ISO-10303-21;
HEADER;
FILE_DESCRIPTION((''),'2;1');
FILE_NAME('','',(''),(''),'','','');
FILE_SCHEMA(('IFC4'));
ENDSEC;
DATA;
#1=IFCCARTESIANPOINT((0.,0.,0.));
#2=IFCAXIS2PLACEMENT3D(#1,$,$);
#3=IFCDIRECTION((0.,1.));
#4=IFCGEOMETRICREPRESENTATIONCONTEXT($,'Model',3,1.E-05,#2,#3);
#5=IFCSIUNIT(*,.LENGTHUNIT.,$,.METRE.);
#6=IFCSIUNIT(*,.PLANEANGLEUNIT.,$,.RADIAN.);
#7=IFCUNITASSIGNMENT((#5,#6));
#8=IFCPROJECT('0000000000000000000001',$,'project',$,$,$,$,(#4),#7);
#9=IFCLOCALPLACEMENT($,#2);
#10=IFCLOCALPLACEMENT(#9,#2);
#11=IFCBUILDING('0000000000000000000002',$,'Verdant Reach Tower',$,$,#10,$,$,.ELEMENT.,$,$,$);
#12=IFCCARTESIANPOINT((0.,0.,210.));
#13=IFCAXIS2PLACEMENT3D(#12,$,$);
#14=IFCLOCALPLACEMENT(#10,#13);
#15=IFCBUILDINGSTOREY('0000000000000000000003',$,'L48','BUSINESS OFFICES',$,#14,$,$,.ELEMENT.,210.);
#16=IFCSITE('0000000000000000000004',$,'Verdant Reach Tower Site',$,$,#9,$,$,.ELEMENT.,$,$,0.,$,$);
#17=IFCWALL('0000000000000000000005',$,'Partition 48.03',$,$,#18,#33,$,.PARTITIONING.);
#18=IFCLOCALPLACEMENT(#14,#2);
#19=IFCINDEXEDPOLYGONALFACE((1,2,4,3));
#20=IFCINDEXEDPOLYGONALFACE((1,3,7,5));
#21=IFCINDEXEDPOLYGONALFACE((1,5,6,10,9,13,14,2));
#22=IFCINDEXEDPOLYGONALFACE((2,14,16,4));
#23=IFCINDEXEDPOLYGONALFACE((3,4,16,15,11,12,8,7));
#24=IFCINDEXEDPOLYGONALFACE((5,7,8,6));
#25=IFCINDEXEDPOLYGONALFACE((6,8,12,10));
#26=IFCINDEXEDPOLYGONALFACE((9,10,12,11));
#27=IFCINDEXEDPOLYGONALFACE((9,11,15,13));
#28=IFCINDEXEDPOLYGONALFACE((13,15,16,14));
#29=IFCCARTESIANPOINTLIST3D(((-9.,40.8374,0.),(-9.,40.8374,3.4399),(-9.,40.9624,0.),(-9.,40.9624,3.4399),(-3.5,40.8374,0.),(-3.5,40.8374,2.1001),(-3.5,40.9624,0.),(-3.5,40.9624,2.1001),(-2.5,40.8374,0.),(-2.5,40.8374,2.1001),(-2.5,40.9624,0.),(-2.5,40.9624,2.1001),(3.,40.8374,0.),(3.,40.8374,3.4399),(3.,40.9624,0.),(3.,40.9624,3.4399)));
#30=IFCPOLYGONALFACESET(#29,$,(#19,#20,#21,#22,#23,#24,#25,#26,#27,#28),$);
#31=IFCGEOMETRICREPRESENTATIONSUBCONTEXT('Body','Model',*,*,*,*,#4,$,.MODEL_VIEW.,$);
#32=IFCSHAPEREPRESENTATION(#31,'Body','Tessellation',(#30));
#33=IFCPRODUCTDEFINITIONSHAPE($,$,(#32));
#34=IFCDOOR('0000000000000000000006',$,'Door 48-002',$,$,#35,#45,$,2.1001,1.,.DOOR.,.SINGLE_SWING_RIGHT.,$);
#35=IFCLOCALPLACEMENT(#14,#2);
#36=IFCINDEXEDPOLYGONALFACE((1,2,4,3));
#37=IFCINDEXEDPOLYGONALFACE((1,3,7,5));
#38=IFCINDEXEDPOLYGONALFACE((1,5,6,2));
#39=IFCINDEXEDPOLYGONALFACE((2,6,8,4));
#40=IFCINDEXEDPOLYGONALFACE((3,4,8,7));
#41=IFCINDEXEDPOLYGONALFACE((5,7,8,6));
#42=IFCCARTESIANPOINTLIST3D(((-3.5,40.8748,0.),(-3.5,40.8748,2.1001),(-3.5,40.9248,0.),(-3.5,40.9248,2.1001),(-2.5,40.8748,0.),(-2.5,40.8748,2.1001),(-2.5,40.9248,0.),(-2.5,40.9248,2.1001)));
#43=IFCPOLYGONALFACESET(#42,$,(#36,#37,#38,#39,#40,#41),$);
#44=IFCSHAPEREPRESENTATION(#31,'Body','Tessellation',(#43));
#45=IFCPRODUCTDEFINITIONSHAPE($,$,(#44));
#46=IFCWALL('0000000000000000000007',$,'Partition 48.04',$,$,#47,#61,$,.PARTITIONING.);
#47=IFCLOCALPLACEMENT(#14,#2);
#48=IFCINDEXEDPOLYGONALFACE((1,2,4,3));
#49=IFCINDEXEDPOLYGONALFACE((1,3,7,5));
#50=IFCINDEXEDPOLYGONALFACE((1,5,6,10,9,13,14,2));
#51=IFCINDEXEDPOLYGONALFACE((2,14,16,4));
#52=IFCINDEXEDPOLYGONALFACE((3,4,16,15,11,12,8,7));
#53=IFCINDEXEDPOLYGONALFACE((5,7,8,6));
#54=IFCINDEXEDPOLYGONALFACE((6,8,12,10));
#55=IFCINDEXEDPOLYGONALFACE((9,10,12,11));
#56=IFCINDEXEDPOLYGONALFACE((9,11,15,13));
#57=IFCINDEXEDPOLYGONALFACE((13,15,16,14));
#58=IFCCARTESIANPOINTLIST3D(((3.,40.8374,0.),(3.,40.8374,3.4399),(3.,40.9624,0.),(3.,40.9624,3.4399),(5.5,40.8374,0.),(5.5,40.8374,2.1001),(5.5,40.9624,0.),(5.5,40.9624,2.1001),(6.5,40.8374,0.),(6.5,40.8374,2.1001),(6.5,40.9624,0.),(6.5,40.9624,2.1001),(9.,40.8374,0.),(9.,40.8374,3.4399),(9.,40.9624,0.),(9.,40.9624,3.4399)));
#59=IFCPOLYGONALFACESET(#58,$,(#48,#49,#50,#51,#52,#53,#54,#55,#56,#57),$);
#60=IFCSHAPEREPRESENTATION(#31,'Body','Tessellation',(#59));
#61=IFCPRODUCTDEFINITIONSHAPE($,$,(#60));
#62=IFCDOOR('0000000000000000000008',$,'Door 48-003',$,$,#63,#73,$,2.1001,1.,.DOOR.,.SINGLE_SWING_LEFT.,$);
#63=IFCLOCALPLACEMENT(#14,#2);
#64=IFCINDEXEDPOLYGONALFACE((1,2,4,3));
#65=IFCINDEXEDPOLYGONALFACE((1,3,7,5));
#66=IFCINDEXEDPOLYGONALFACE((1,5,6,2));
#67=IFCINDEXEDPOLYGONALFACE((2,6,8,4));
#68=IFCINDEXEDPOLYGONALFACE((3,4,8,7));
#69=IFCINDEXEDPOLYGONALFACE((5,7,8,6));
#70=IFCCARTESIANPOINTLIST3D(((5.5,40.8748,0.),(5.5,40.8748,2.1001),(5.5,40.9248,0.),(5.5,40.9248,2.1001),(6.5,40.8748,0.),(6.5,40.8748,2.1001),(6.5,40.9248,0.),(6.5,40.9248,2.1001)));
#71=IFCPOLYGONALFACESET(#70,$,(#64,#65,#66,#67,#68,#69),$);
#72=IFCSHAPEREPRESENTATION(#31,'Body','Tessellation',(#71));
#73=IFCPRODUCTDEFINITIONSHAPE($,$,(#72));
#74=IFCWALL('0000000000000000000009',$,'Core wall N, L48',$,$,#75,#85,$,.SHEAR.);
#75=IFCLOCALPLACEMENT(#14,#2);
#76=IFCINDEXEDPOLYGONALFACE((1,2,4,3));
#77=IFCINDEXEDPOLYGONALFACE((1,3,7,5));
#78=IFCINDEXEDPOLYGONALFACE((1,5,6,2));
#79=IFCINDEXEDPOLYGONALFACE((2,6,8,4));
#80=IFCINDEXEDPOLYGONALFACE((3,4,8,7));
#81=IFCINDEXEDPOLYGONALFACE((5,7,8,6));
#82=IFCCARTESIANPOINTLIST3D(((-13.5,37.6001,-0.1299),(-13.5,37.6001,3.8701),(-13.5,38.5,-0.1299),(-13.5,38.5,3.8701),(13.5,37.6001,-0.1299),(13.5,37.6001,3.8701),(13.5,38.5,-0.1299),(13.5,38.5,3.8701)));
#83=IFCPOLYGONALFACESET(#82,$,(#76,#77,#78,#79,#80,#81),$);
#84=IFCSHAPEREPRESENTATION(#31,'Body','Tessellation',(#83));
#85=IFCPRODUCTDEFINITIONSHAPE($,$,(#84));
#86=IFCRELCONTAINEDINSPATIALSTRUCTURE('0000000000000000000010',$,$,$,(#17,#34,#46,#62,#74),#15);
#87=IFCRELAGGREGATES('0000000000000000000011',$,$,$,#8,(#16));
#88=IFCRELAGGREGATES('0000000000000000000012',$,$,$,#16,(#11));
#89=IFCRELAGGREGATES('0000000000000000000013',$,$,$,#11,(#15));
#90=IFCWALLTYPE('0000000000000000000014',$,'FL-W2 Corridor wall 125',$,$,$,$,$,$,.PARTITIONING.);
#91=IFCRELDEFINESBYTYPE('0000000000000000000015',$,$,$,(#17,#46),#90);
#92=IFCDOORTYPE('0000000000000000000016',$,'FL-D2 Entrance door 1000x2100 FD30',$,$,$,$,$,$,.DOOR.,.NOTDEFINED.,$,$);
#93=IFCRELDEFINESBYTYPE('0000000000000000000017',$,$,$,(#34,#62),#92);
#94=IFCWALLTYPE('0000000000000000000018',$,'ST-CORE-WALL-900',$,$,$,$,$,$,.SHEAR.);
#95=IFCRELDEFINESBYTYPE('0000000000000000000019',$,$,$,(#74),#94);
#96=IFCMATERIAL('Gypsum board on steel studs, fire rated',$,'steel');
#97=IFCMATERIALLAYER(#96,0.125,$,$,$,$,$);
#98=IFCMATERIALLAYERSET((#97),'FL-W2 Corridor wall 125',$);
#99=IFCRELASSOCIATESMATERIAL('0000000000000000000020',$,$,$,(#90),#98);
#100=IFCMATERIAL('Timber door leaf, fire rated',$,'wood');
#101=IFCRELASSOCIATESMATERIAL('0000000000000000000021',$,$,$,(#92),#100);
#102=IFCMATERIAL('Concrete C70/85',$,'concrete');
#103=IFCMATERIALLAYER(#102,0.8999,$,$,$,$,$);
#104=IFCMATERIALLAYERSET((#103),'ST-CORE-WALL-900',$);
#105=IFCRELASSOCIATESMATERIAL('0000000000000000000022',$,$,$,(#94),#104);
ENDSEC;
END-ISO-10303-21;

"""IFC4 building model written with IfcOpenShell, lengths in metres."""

from ifc_helpers import new_model, si_unit, direction, frame, frame_2d, origin, place, context, subcontext, project, spatial, rectangle, extrude, material, layer, layer_set, type_object, element, fill, save


model = new_model("IFC4")

# Units and contexts
model_context = context("Model", 3, precision=1e-05, world=origin(), true_north=direction((0.0, 1.0)))
body_context = subcontext(model_context, "Body", "Model", "MODEL_VIEW")
ifc_project = project(units=[si_unit("LENGTHUNIT", "METRE"), si_unit("PLANEANGLEUNIT", "RADIAN")], contexts=[model_context])

# Site, building, storey
site_placement = place(None, origin())
site = spatial("IfcSite", under=ifc_project, at=site_placement, Name="Verdant Reach Tower Site", CompositionType="ELEMENT", RefElevation=0.0)
building_placement = place(site_placement, origin())
building = spatial("IfcBuilding", under=site, at=building_placement, Name="Verdant Reach Tower", CompositionType="ELEMENT")
storey_placement = place(building_placement, frame((0.0, 0.0, 210.0)))
storey = spatial("IfcBuildingStorey", under=building, at=storey_placement, Name="L48", Description="BUSINESS OFFICES", CompositionType="ELEMENT", Elevation=210.0)

# Shared definitions
ifc_material_1 = material(Name="Gypsum board on steel studs, fire rated", Category="steel")
ifc_layer_1 = layer(ifc_material_1, 0.125)
ifc_layer_set_1 = layer_set([ifc_layer_1], Name="FL-W2 Corridor wall 125")
wall_type_1 = type_object("IfcWallType", Name="FL-W2 Corridor wall 125", PredefinedType="PARTITIONING", material=ifc_layer_set_1)

# Walls, openings, doors
wall_1_placement = place(storey_placement, frame((-9.0, 40.8999, 0.0), z_axis=(0.0, 0.0, 1.0), x_axis=(1.0, 0.0, 0.0)))
wall_1 = element("IfcWall", 1, at=wall_1_placement, inside=storey, type_object=wall_type_1, Name="Partition 48.03", PredefinedType="PARTITIONING", context=body_context, shape_type="SweptSolid", body=[
    extrude(rectangle(XDim=12.0, YDim=0.125, at=frame_2d((6.0, 0.0))), origin(), (0.0, 0.0, 1.0), 3.4399),
])
opening_1_placement = place(wall_1_placement, frame((5.5, 0.0, 0.0)))
opening_1 = element("IfcOpeningElement", 2, at=opening_1_placement, cuts=wall_1, PredefinedType="OPENING", context=body_context, shape_type="SweptSolid", body=[
    extrude(rectangle(XDim=1.0, YDim=2.1001, at=frame_2d((0.5, 1.05))), frame((0.0, 0.0725, 0.0), z_axis=(0.0, -1.0, 0.0), x_axis=(1.0, 0.0, 0.0)), (0.0, 0.0, 1.0), 0.145),
])
ifc_material_2 = material(Name="Timber door leaf, fire rated", Category="wood")
door_type_1 = type_object("IfcDoorType", Name="FL-D2 Entrance door 1000x2100 FD30", OperationType="NOTDEFINED", PredefinedType="DOOR", material=ifc_material_2)
door_1_placement = place(opening_1_placement, origin())
door_1 = element("IfcDoor", 3, at=door_1_placement, inside=storey, type_object=door_type_1, Name="Door 48-002", OperationType="SINGLE_SWING_RIGHT", OverallHeight=2.1001, OverallWidth=1.0, PredefinedType="DOOR", context=body_context, shape_type="SweptSolid", body=[
    extrude(rectangle(XDim=1.0, YDim=2.1001, at=frame_2d((0.5, 1.05))), frame((0.0, 0.0249, 0.0), z_axis=(0.0, -1.0, 0.0), x_axis=(1.0, 0.0, 0.0)), (0.0, 0.0, 1.0), 0.05),
])
fill(opening_1, door_1)
wall_2_placement = place(storey_placement, frame((3.0, 40.8999, 0.0), z_axis=(0.0, 0.0, 1.0), x_axis=(1.0, 0.0, 0.0)))
wall_2 = element("IfcWall", 4, at=wall_2_placement, inside=storey, type_object=wall_type_1, Name="Partition 48.04", PredefinedType="PARTITIONING", context=body_context, shape_type="SweptSolid", body=[
    extrude(rectangle(XDim=6.0, YDim=0.125, at=frame_2d((3.0, 0.0))), origin(), (0.0, 0.0, 1.0), 3.4399),
])
opening_2_placement = place(wall_2_placement, frame((2.5, 0.0, 0.0)))
opening_2 = element("IfcOpeningElement", 5, at=opening_2_placement, cuts=wall_2, PredefinedType="OPENING", context=body_context, shape_type="SweptSolid", body=[
    extrude(rectangle(XDim=1.0, YDim=2.1001, at=frame_2d((0.5, 1.05))), frame((0.0, 0.0725, 0.0), z_axis=(0.0, -1.0, 0.0), x_axis=(1.0, 0.0, 0.0)), (0.0, 0.0, 1.0), 0.145),
])
door_2_placement = place(opening_2_placement, origin())
door_2 = element("IfcDoor", 6, at=door_2_placement, inside=storey, type_object=door_type_1, Name="Door 48-003", OperationType="SINGLE_SWING_LEFT", OverallHeight=2.1001, OverallWidth=1.0, PredefinedType="DOOR", context=body_context, shape_type="SweptSolid", body=[
    extrude(rectangle(XDim=1.0, YDim=2.1001, at=frame_2d((0.5, 1.05))), frame((0.0, 0.0249, 0.0), z_axis=(0.0, -1.0, 0.0), x_axis=(1.0, 0.0, 0.0)), (0.0, 0.0, 1.0), 0.05),
])
fill(opening_2, door_2)

# Wall
ifc_material_3 = material(Name="Concrete C70/85", Category="concrete")
ifc_layer_2 = layer(ifc_material_3, 0.8999)
ifc_layer_set_2 = layer_set([ifc_layer_2], Name="ST-CORE-WALL-900")
wall_type_2 = type_object("IfcWallType", Name="ST-CORE-WALL-900", PredefinedType="SHEAR", material=ifc_layer_set_2)
wall_3_placement = place(storey_placement, frame((-13.5, 38.05, -0.1299), z_axis=(0.0, 0.0, 1.0), x_axis=(1.0, 0.0, 0.0)))
element("IfcWall", 7, at=wall_3_placement, inside=storey, type_object=wall_type_2, Name="Core wall N, L48", PredefinedType="SHEAR", context=body_context, shape_type="SweptSolid", body=[
    extrude(rectangle(XDim=27.0, YDim=0.8999, at=frame_2d((13.5, 0.0))), origin(), (0.0, 0.0, 1.0), 4.0),
])

save(model, "model.ifc")
